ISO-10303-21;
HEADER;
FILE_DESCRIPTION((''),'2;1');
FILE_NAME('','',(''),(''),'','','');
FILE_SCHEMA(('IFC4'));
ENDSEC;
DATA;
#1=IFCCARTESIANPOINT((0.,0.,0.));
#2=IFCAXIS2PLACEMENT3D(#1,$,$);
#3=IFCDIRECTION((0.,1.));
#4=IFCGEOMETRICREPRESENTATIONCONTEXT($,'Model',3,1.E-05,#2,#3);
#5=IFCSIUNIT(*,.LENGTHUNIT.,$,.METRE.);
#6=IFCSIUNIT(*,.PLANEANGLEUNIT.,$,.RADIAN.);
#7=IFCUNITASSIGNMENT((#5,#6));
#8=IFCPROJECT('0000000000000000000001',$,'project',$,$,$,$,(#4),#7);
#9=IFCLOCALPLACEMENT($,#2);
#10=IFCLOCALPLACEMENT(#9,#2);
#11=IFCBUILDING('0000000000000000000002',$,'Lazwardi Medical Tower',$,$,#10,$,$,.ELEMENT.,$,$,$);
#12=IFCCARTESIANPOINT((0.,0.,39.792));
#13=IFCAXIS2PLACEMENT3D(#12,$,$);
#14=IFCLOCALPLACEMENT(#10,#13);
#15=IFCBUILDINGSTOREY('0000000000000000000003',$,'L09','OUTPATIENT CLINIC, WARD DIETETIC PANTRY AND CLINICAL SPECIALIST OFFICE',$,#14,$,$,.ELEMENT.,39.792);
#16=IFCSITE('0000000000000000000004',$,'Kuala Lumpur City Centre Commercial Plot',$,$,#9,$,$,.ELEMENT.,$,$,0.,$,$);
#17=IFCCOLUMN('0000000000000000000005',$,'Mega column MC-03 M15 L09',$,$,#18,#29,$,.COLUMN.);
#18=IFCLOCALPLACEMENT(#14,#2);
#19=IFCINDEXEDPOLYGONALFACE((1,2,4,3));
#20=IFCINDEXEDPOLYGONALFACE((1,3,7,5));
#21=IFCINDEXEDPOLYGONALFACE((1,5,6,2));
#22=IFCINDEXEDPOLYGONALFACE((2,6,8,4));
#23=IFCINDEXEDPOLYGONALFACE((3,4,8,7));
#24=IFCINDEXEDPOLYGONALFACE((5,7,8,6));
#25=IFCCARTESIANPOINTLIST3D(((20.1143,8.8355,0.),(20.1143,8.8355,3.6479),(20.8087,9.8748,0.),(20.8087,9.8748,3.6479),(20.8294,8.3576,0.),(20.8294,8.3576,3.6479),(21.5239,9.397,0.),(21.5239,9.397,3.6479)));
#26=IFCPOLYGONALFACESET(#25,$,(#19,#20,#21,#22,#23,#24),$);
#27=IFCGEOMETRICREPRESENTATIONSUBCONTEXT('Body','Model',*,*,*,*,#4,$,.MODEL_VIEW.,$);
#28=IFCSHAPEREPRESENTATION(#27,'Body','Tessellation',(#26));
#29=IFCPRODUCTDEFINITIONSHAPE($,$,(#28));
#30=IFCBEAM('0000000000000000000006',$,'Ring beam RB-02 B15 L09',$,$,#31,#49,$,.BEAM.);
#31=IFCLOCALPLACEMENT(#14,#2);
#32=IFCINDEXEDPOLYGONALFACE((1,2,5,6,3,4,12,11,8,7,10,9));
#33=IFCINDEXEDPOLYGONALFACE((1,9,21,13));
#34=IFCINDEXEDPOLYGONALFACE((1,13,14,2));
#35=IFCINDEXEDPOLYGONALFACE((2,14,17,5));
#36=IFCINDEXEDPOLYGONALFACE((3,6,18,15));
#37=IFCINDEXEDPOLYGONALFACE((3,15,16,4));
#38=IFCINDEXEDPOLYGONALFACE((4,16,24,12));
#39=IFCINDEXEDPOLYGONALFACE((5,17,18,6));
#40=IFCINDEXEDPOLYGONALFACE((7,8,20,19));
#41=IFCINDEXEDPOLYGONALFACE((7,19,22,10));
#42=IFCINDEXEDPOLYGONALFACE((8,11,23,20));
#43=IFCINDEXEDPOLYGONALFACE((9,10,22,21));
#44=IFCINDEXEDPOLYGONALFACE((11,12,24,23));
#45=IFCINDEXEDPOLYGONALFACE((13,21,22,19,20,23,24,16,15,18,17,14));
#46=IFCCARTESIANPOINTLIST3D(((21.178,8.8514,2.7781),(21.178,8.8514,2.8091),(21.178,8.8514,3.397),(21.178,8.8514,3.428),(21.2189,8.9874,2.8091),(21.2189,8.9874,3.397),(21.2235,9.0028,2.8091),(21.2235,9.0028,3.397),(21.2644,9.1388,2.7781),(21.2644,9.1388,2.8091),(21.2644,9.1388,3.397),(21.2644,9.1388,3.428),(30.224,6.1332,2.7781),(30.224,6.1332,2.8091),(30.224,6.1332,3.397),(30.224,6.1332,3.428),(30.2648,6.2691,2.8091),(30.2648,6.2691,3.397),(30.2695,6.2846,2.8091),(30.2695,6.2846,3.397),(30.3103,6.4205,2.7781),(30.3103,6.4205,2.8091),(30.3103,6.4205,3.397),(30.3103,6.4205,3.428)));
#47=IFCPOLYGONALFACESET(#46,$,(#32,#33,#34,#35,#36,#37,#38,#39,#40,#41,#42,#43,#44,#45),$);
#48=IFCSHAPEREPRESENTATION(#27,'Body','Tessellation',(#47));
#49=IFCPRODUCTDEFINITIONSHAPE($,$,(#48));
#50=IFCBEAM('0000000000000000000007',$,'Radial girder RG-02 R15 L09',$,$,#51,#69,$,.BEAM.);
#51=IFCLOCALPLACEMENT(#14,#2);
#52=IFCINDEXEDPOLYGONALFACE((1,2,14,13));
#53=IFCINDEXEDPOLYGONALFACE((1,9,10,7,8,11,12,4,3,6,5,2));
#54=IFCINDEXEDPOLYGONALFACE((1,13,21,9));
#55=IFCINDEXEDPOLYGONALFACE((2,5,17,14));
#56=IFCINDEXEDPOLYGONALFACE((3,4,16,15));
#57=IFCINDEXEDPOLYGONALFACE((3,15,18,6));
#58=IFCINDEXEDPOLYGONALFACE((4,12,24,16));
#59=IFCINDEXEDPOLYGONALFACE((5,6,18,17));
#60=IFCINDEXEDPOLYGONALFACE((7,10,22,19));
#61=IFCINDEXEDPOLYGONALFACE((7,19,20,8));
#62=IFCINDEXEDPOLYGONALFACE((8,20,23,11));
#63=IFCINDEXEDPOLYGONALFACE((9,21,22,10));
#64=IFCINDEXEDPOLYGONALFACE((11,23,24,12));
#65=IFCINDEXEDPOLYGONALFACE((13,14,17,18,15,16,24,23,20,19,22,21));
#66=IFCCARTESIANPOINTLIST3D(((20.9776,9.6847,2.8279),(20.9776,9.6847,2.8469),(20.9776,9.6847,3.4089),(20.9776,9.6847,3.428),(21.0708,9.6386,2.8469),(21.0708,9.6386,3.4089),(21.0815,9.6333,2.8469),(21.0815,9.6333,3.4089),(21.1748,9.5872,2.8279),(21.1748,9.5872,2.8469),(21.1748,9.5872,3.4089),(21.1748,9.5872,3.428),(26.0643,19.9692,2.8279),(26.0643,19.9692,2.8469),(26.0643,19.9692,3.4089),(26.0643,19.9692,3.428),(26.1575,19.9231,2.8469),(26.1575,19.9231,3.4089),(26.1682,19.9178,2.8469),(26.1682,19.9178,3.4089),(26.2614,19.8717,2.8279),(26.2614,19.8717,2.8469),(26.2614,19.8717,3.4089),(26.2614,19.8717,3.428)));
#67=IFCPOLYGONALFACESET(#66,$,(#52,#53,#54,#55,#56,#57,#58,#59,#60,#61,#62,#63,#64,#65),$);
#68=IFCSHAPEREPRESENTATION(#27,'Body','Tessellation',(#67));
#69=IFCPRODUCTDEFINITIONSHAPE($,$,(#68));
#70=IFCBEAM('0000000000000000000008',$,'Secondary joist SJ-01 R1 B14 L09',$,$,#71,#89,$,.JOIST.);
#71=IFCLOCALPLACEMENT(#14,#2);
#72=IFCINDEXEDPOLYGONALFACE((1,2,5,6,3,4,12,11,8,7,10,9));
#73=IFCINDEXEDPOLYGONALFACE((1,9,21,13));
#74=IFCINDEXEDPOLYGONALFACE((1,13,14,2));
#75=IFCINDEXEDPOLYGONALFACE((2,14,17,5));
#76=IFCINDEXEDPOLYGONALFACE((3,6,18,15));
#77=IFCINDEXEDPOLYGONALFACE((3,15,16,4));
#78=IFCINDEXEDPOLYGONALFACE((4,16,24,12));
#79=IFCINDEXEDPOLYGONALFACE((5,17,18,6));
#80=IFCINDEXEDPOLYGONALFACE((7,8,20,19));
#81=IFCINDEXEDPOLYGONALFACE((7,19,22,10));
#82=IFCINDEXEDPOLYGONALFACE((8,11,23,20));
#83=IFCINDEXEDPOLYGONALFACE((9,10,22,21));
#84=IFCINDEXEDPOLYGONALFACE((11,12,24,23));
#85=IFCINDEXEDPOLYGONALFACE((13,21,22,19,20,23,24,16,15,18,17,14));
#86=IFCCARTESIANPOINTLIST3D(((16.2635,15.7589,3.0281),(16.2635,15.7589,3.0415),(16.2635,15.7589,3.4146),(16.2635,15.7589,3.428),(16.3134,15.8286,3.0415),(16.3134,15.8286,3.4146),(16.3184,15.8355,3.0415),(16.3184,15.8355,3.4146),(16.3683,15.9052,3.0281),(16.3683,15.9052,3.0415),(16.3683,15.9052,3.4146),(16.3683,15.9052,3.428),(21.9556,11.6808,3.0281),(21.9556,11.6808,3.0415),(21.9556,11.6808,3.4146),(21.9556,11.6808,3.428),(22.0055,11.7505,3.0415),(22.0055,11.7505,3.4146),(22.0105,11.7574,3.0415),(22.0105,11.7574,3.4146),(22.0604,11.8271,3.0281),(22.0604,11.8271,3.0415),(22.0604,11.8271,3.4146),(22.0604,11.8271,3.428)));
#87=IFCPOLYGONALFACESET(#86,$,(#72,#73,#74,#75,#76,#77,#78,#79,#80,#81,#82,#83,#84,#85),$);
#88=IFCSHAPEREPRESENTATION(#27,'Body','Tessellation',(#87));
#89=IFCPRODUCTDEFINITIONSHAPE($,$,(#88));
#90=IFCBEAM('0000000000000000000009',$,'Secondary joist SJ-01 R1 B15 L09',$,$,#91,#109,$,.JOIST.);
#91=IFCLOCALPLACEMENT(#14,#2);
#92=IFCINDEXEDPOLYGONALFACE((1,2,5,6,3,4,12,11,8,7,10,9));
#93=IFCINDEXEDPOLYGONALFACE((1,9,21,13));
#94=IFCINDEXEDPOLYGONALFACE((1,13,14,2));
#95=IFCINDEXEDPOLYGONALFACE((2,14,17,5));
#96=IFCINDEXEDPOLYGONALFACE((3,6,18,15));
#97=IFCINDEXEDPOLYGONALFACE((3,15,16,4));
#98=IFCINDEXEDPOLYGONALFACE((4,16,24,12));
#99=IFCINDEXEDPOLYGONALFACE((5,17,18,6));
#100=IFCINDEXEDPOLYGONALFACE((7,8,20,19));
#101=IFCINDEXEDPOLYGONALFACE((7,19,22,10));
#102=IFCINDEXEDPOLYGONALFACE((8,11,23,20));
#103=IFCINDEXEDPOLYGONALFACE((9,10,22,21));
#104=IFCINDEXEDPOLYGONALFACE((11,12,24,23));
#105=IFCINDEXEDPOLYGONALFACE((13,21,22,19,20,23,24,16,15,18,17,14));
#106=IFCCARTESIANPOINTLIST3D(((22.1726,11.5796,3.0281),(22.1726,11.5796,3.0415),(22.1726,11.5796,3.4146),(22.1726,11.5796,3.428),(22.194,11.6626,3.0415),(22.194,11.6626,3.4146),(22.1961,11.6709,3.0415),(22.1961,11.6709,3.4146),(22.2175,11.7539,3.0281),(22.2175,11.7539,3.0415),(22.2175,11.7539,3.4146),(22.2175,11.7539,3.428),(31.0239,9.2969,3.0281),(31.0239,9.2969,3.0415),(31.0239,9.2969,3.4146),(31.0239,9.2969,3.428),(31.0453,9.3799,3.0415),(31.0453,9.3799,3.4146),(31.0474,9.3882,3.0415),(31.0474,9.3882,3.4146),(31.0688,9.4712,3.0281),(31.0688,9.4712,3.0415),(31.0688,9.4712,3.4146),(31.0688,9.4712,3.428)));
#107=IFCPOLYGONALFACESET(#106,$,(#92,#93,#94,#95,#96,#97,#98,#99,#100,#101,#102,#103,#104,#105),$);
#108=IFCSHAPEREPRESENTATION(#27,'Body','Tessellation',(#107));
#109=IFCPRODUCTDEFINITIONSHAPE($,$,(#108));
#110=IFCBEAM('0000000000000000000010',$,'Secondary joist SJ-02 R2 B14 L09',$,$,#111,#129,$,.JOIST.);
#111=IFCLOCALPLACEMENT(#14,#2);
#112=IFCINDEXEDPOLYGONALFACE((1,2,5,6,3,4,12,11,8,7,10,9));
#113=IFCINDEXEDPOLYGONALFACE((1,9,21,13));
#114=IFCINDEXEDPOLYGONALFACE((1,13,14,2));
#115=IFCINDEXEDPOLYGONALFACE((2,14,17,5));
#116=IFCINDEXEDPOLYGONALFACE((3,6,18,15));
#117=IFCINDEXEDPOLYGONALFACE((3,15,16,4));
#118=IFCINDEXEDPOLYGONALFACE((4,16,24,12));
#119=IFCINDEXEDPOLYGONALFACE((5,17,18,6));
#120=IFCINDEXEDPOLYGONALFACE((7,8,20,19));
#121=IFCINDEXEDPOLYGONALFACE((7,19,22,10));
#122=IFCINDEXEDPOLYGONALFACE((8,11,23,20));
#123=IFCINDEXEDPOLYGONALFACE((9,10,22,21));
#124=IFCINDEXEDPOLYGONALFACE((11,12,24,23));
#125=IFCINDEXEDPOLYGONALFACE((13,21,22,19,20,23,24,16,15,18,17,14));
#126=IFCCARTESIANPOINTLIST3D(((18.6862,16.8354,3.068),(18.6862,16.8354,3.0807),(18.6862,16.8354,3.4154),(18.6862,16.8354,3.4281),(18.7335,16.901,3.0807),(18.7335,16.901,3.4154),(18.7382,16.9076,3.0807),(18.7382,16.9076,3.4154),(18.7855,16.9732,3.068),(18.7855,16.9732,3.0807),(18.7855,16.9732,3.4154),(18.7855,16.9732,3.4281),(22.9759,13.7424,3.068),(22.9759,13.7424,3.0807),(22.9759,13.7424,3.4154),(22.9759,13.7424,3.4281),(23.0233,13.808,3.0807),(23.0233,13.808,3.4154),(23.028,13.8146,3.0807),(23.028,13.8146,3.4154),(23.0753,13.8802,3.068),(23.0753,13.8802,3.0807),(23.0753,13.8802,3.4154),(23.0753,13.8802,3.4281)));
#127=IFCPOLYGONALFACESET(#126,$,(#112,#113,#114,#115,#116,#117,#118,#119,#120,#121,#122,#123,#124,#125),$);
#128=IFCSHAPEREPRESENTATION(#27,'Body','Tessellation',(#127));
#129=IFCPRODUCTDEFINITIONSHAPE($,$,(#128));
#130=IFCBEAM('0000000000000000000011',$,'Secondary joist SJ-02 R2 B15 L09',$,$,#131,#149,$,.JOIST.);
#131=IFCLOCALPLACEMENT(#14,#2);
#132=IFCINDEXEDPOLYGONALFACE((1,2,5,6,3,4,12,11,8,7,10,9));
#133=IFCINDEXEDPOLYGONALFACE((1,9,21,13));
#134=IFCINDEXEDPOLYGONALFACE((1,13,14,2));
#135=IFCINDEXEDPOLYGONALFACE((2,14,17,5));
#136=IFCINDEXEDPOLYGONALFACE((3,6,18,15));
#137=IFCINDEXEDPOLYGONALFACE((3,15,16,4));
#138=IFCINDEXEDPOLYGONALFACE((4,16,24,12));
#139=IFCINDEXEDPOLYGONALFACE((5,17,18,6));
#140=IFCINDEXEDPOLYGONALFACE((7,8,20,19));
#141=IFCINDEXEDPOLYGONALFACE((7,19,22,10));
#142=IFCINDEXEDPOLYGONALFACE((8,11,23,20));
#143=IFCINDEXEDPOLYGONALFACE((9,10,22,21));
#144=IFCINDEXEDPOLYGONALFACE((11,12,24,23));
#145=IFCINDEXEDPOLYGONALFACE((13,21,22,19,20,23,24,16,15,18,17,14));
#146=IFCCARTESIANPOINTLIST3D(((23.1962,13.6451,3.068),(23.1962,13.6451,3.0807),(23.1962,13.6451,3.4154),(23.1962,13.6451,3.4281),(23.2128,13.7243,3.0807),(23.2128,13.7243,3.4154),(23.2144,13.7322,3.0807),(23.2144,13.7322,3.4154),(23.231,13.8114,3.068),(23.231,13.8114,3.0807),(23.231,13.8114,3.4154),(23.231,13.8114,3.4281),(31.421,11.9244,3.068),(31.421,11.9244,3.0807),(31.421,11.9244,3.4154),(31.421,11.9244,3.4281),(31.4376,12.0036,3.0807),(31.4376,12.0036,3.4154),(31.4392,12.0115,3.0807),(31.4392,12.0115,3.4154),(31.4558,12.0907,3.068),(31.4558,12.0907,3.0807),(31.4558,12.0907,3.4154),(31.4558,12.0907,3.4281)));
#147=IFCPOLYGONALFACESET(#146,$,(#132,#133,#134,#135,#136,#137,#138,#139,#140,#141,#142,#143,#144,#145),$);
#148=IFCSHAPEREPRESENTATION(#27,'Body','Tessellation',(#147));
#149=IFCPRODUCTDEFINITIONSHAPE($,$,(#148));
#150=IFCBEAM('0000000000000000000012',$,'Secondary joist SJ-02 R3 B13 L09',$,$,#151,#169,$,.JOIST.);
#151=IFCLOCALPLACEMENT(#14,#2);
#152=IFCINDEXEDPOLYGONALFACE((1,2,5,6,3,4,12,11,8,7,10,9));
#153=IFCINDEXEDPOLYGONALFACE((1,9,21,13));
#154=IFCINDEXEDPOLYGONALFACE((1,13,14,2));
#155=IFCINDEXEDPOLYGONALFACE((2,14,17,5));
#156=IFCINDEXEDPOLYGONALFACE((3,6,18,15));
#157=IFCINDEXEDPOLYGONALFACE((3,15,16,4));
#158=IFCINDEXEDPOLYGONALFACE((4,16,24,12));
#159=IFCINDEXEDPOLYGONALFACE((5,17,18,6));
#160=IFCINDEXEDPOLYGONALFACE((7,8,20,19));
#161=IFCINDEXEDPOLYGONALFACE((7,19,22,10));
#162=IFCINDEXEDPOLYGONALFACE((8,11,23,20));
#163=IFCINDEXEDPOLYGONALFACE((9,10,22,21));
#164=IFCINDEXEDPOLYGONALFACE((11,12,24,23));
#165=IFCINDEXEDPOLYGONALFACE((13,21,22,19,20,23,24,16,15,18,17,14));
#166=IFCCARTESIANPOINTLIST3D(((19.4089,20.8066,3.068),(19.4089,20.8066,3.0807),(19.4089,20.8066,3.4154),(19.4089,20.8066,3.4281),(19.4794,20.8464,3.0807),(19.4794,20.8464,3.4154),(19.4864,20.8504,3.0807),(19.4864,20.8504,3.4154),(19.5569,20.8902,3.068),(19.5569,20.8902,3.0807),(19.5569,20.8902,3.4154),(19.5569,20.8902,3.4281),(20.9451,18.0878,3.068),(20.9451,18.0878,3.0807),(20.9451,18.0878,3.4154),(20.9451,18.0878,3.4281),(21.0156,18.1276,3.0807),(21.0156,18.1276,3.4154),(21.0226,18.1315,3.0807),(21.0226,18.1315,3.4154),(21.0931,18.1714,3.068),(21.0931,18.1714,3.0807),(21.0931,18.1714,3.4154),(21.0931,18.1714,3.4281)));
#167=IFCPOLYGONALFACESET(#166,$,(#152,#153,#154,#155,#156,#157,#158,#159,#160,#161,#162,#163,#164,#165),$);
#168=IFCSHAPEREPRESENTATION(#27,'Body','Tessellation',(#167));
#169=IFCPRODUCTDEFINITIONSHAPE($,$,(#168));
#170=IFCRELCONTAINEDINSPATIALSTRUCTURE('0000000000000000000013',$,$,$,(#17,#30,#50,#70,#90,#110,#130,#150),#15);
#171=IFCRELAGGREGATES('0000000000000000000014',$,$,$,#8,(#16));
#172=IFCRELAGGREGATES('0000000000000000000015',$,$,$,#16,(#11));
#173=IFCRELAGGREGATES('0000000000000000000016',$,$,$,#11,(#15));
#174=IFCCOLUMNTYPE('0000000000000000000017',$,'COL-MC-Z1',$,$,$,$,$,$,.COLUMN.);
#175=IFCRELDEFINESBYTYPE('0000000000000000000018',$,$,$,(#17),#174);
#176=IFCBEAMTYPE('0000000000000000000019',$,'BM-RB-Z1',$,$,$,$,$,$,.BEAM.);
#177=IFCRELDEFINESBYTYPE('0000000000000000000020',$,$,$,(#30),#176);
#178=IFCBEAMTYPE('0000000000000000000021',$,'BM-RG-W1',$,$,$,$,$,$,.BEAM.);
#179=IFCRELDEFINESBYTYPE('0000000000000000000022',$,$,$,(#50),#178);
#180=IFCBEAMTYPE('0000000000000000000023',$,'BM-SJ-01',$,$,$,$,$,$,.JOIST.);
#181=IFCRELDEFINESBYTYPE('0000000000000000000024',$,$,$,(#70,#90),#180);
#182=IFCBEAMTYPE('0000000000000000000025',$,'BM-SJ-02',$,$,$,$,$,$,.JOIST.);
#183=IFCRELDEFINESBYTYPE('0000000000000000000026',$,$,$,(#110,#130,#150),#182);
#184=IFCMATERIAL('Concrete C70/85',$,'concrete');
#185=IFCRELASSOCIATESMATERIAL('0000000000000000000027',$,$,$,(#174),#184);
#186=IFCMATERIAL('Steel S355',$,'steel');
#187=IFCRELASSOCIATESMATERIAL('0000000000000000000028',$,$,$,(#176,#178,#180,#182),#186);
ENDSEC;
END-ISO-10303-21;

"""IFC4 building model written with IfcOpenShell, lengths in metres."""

from ifc_helpers import new_model, si_unit, direction, frame, origin, origin_2d, place, context, subcontext, project, spatial, rectangle, i_section, extrude, material, material_profile, profile_set, type_object, element, save


model = new_model("IFC4")

# Units and contexts
model_context = context("Model", 3, precision=1e-05, world=origin(), true_north=direction((0.0, 1.0)))
body_context = subcontext(model_context, "Body", "Model", "MODEL_VIEW")
ifc_project = project(units=[si_unit("LENGTHUNIT", "METRE"), si_unit("PLANEANGLEUNIT", "RADIAN")], contexts=[model_context])

# Site, building, storey
site_placement = place(None, origin())
site = spatial("IfcSite", under=ifc_project, at=site_placement, Name="Kuala Lumpur City Centre Commercial Plot", CompositionType="ELEMENT", RefElevation=0.0)
building_placement = place(site_placement, origin())
building = spatial("IfcBuilding", under=site, at=building_placement, Name="Lazwardi Medical Tower", CompositionType="ELEMENT")
storey_placement = place(building_placement, frame((0.0, 0.0, 39.792)))
storey = spatial("IfcBuildingStorey", under=building, at=storey_placement, Name="L09", Description="OUTPATIENT CLINIC, WARD DIETETIC PANTRY AND CLINICAL SPECIALIST OFFICE", CompositionType="ELEMENT", Elevation=39.792)

# Column
ifc_material_1 = material(Name="Concrete C70/85", Category="concrete")
ifc_material_profile_1 = material_profile(ifc_material_1, rectangle(XDim=1.25, YDim=0.8601, at=origin_2d()), Name="CFT-RECT 1250x860")
ifc_profile_set_1 = profile_set([ifc_material_profile_1], Name="Concrete C70/85")
column_type = type_object("IfcColumnType", Name="COL-MC-Z1", PredefinedType="COLUMN", material=ifc_profile_set_1)
column_placement = place(storey_placement, frame((20.8191, 9.1162, 0.0), z_axis=(0.0, 0.0, 1.0), x_axis=(-0.55557, -0.83147, 0.0)))
element("IfcColumn", 1, at=column_placement, inside=storey, type_object=column_type, Name="Mega column MC-03 M15 L09", PredefinedType="COLUMN", context=body_context, shape_type="SweptSolid", body=[
    extrude(rectangle(XDim=1.25, YDim=0.8601, at=origin_2d()), origin(), (0.0, 0.0, 1.0), 3.6479),
])

# Beams
ifc_material_2 = material(Name="Steel S355", Category="steel")
ifc_material_profile_2 = material_profile(ifc_material_2, i_section(OverallWidth=0.3, OverallDepth=0.6499, WebThickness=0.0161, FlangeThickness=0.031, at=origin_2d()), Name="HEB 650")
ifc_profile_set_2 = profile_set([ifc_material_profile_2], Name="Steel S355")
beam_type_1 = type_object("IfcBeamType", Name="BM-RB-Z1", PredefinedType="BEAM", material=ifc_profile_set_2)
beam_1_placement = place(storey_placement, frame((21.2212, 8.9951, 3.103), z_axis=(0.957695, -0.287784, 0.0), x_axis=(0.287784, 0.957695, 0.0)))
element("IfcBeam", 2, at=beam_1_placement, inside=storey, type_object=beam_type_1, Name="Ring beam RB-02 B15 L09", PredefinedType="BEAM", context=body_context, shape_type="SweptSolid", body=[
    extrude(i_section(OverallWidth=0.3, OverallDepth=0.6499, WebThickness=0.0161, FlangeThickness=0.031, at=origin_2d()), origin(), (0.0, 0.0, 1.0), 9.4456),
])
ifc_material_profile_3 = material_profile(ifc_material_2, i_section(OverallWidth=0.22, OverallDepth=0.6001, WebThickness=0.012, FlangeThickness=0.019, at=origin_2d()), Name="IPE 600")
ifc_profile_set_3 = profile_set([ifc_material_profile_3], Name="Steel S355")
beam_type_2 = type_object("IfcBeamType", Name="BM-RG-W1", PredefinedType="BEAM", material=ifc_profile_set_3)
beam_2_placement = place(storey_placement, frame((21.0762, 9.636, 3.1279), z_axis=(0.443337, 0.896355, 0.0), x_axis=(-0.896355, 0.443337, 0.0)))
element("IfcBeam", 3, at=beam_2_placement, inside=storey, type_object=beam_type_2, Name="Radial girder RG-02 R15 L09", PredefinedType="BEAM", context=body_context, shape_type="SweptSolid", body=[
    extrude(i_section(OverallWidth=0.22, OverallDepth=0.6001, WebThickness=0.012, FlangeThickness=0.019, at=origin_2d()), origin(), (0.0, 0.0, 1.0), 11.4736),
])
ifc_material_profile_4 = material_profile(ifc_material_2, i_section(OverallWidth=0.1799, OverallDepth=0.3999, WebThickness=0.0085, FlangeThickness=0.0134, at=origin_2d()), Name="IPE 400")
ifc_profile_set_4 = profile_set([ifc_material_profile_4], Name="Steel S355")
beam_type_3 = type_object("IfcBeamType", Name="BM-SJ-01", PredefinedType="JOIST", material=ifc_profile_set_4)
beam_3_placement = place(storey_placement, frame((16.3159, 15.832, 3.228), z_axis=(0.812901, -0.582402, 0.0), x_axis=(0.582402, 0.812901, 0.0)))
element("IfcBeam", 4, at=beam_3_placement, inside=storey, type_object=beam_type_3, Name="Secondary joist SJ-01 R1 B14 L09", PredefinedType="JOIST", context=body_context, shape_type="SweptSolid", body=[
    extrude(i_section(OverallWidth=0.1799, OverallDepth=0.3999, WebThickness=0.0085, FlangeThickness=0.0134, at=origin_2d()), origin(), (0.0, 0.0, 1.0), 7.0022),
])
beam_4_placement = place(storey_placement, frame((22.1951, 11.6667, 3.228), z_axis=(0.968317, -0.249725, 0.0), x_axis=(0.249725, 0.968317, 0.0)))
element("IfcBeam", 5, at=beam_4_placement, inside=storey, type_object=beam_type_3, Name="Secondary joist SJ-01 R1 B15 L09", PredefinedType="JOIST", context=body_context, shape_type="SweptSolid", body=[
    extrude(i_section(OverallWidth=0.1799, OverallDepth=0.3999, WebThickness=0.0085, FlangeThickness=0.0134, at=origin_2d()), origin(), (0.0, 0.0, 1.0), 9.1409),
])
ifc_material_profile_5 = material_profile(ifc_material_2, i_section(OverallWidth=0.1699, OverallDepth=0.3601, WebThickness=0.0081, FlangeThickness=0.0127, at=origin_2d()), Name="IPE 360")
ifc_profile_set_5 = profile_set([ifc_material_profile_5], Name="Steel S355")
beam_type_4 = type_object("IfcBeamType", Name="BM-SJ-02", PredefinedType="JOIST", material=ifc_profile_set_5)
beam_5_placement = place(storey_placement, frame((18.7358, 16.9043, 3.248), z_axis=(0.811143, -0.584848, 0.0), x_axis=(0.584848, 0.811143, 0.0)))
element("IfcBeam", 6, at=beam_5_placement, inside=storey, type_object=beam_type_4, Name="Secondary joist SJ-02 R2 B14 L09", PredefinedType="JOIST", context=body_context, shape_type="SweptSolid", body=[
    extrude(i_section(OverallWidth=0.1699, OverallDepth=0.3601, WebThickness=0.0081, FlangeThickness=0.0127, at=origin_2d()), origin(), (0.0, 0.0, 1.0), 5.2886),
])
beam_6_placement = place(storey_placement, frame((23.2136, 13.7283, 3.248), z_axis=(0.978809, -0.204774, 0.0), x_axis=(0.204774, 0.978809, 0.0)))
element("IfcBeam", 7, at=beam_6_placement, inside=storey, type_object=beam_type_4, Name="Secondary joist SJ-02 R2 B15 L09", PredefinedType="JOIST", context=body_context, shape_type="SweptSolid", body=[
    extrude(i_section(OverallWidth=0.1699, OverallDepth=0.3601, WebThickness=0.0081, FlangeThickness=0.0127, at=origin_2d()), origin(), (0.0, 0.0, 1.0), 8.4028),
])
beam_7_placement = place(storey_placement, frame((19.4829, 20.8484, 3.248), z_axis=(0.491923, -0.870639, 0.0), x_axis=(0.870639, 0.491923, 0.0)))
element("IfcBeam", 8, at=beam_7_placement, inside=storey, type_object=beam_type_4, Name="Secondary joist SJ-02 R3 B13 L09", PredefinedType="JOIST", context=body_context, shape_type="SweptSolid", body=[
    extrude(i_section(OverallWidth=0.1699, OverallDepth=0.3601, WebThickness=0.0081, FlangeThickness=0.0127, at=origin_2d()), origin(), (0.0, 0.0, 1.0), 3.1228),
])

save(model, "model.ifc")
